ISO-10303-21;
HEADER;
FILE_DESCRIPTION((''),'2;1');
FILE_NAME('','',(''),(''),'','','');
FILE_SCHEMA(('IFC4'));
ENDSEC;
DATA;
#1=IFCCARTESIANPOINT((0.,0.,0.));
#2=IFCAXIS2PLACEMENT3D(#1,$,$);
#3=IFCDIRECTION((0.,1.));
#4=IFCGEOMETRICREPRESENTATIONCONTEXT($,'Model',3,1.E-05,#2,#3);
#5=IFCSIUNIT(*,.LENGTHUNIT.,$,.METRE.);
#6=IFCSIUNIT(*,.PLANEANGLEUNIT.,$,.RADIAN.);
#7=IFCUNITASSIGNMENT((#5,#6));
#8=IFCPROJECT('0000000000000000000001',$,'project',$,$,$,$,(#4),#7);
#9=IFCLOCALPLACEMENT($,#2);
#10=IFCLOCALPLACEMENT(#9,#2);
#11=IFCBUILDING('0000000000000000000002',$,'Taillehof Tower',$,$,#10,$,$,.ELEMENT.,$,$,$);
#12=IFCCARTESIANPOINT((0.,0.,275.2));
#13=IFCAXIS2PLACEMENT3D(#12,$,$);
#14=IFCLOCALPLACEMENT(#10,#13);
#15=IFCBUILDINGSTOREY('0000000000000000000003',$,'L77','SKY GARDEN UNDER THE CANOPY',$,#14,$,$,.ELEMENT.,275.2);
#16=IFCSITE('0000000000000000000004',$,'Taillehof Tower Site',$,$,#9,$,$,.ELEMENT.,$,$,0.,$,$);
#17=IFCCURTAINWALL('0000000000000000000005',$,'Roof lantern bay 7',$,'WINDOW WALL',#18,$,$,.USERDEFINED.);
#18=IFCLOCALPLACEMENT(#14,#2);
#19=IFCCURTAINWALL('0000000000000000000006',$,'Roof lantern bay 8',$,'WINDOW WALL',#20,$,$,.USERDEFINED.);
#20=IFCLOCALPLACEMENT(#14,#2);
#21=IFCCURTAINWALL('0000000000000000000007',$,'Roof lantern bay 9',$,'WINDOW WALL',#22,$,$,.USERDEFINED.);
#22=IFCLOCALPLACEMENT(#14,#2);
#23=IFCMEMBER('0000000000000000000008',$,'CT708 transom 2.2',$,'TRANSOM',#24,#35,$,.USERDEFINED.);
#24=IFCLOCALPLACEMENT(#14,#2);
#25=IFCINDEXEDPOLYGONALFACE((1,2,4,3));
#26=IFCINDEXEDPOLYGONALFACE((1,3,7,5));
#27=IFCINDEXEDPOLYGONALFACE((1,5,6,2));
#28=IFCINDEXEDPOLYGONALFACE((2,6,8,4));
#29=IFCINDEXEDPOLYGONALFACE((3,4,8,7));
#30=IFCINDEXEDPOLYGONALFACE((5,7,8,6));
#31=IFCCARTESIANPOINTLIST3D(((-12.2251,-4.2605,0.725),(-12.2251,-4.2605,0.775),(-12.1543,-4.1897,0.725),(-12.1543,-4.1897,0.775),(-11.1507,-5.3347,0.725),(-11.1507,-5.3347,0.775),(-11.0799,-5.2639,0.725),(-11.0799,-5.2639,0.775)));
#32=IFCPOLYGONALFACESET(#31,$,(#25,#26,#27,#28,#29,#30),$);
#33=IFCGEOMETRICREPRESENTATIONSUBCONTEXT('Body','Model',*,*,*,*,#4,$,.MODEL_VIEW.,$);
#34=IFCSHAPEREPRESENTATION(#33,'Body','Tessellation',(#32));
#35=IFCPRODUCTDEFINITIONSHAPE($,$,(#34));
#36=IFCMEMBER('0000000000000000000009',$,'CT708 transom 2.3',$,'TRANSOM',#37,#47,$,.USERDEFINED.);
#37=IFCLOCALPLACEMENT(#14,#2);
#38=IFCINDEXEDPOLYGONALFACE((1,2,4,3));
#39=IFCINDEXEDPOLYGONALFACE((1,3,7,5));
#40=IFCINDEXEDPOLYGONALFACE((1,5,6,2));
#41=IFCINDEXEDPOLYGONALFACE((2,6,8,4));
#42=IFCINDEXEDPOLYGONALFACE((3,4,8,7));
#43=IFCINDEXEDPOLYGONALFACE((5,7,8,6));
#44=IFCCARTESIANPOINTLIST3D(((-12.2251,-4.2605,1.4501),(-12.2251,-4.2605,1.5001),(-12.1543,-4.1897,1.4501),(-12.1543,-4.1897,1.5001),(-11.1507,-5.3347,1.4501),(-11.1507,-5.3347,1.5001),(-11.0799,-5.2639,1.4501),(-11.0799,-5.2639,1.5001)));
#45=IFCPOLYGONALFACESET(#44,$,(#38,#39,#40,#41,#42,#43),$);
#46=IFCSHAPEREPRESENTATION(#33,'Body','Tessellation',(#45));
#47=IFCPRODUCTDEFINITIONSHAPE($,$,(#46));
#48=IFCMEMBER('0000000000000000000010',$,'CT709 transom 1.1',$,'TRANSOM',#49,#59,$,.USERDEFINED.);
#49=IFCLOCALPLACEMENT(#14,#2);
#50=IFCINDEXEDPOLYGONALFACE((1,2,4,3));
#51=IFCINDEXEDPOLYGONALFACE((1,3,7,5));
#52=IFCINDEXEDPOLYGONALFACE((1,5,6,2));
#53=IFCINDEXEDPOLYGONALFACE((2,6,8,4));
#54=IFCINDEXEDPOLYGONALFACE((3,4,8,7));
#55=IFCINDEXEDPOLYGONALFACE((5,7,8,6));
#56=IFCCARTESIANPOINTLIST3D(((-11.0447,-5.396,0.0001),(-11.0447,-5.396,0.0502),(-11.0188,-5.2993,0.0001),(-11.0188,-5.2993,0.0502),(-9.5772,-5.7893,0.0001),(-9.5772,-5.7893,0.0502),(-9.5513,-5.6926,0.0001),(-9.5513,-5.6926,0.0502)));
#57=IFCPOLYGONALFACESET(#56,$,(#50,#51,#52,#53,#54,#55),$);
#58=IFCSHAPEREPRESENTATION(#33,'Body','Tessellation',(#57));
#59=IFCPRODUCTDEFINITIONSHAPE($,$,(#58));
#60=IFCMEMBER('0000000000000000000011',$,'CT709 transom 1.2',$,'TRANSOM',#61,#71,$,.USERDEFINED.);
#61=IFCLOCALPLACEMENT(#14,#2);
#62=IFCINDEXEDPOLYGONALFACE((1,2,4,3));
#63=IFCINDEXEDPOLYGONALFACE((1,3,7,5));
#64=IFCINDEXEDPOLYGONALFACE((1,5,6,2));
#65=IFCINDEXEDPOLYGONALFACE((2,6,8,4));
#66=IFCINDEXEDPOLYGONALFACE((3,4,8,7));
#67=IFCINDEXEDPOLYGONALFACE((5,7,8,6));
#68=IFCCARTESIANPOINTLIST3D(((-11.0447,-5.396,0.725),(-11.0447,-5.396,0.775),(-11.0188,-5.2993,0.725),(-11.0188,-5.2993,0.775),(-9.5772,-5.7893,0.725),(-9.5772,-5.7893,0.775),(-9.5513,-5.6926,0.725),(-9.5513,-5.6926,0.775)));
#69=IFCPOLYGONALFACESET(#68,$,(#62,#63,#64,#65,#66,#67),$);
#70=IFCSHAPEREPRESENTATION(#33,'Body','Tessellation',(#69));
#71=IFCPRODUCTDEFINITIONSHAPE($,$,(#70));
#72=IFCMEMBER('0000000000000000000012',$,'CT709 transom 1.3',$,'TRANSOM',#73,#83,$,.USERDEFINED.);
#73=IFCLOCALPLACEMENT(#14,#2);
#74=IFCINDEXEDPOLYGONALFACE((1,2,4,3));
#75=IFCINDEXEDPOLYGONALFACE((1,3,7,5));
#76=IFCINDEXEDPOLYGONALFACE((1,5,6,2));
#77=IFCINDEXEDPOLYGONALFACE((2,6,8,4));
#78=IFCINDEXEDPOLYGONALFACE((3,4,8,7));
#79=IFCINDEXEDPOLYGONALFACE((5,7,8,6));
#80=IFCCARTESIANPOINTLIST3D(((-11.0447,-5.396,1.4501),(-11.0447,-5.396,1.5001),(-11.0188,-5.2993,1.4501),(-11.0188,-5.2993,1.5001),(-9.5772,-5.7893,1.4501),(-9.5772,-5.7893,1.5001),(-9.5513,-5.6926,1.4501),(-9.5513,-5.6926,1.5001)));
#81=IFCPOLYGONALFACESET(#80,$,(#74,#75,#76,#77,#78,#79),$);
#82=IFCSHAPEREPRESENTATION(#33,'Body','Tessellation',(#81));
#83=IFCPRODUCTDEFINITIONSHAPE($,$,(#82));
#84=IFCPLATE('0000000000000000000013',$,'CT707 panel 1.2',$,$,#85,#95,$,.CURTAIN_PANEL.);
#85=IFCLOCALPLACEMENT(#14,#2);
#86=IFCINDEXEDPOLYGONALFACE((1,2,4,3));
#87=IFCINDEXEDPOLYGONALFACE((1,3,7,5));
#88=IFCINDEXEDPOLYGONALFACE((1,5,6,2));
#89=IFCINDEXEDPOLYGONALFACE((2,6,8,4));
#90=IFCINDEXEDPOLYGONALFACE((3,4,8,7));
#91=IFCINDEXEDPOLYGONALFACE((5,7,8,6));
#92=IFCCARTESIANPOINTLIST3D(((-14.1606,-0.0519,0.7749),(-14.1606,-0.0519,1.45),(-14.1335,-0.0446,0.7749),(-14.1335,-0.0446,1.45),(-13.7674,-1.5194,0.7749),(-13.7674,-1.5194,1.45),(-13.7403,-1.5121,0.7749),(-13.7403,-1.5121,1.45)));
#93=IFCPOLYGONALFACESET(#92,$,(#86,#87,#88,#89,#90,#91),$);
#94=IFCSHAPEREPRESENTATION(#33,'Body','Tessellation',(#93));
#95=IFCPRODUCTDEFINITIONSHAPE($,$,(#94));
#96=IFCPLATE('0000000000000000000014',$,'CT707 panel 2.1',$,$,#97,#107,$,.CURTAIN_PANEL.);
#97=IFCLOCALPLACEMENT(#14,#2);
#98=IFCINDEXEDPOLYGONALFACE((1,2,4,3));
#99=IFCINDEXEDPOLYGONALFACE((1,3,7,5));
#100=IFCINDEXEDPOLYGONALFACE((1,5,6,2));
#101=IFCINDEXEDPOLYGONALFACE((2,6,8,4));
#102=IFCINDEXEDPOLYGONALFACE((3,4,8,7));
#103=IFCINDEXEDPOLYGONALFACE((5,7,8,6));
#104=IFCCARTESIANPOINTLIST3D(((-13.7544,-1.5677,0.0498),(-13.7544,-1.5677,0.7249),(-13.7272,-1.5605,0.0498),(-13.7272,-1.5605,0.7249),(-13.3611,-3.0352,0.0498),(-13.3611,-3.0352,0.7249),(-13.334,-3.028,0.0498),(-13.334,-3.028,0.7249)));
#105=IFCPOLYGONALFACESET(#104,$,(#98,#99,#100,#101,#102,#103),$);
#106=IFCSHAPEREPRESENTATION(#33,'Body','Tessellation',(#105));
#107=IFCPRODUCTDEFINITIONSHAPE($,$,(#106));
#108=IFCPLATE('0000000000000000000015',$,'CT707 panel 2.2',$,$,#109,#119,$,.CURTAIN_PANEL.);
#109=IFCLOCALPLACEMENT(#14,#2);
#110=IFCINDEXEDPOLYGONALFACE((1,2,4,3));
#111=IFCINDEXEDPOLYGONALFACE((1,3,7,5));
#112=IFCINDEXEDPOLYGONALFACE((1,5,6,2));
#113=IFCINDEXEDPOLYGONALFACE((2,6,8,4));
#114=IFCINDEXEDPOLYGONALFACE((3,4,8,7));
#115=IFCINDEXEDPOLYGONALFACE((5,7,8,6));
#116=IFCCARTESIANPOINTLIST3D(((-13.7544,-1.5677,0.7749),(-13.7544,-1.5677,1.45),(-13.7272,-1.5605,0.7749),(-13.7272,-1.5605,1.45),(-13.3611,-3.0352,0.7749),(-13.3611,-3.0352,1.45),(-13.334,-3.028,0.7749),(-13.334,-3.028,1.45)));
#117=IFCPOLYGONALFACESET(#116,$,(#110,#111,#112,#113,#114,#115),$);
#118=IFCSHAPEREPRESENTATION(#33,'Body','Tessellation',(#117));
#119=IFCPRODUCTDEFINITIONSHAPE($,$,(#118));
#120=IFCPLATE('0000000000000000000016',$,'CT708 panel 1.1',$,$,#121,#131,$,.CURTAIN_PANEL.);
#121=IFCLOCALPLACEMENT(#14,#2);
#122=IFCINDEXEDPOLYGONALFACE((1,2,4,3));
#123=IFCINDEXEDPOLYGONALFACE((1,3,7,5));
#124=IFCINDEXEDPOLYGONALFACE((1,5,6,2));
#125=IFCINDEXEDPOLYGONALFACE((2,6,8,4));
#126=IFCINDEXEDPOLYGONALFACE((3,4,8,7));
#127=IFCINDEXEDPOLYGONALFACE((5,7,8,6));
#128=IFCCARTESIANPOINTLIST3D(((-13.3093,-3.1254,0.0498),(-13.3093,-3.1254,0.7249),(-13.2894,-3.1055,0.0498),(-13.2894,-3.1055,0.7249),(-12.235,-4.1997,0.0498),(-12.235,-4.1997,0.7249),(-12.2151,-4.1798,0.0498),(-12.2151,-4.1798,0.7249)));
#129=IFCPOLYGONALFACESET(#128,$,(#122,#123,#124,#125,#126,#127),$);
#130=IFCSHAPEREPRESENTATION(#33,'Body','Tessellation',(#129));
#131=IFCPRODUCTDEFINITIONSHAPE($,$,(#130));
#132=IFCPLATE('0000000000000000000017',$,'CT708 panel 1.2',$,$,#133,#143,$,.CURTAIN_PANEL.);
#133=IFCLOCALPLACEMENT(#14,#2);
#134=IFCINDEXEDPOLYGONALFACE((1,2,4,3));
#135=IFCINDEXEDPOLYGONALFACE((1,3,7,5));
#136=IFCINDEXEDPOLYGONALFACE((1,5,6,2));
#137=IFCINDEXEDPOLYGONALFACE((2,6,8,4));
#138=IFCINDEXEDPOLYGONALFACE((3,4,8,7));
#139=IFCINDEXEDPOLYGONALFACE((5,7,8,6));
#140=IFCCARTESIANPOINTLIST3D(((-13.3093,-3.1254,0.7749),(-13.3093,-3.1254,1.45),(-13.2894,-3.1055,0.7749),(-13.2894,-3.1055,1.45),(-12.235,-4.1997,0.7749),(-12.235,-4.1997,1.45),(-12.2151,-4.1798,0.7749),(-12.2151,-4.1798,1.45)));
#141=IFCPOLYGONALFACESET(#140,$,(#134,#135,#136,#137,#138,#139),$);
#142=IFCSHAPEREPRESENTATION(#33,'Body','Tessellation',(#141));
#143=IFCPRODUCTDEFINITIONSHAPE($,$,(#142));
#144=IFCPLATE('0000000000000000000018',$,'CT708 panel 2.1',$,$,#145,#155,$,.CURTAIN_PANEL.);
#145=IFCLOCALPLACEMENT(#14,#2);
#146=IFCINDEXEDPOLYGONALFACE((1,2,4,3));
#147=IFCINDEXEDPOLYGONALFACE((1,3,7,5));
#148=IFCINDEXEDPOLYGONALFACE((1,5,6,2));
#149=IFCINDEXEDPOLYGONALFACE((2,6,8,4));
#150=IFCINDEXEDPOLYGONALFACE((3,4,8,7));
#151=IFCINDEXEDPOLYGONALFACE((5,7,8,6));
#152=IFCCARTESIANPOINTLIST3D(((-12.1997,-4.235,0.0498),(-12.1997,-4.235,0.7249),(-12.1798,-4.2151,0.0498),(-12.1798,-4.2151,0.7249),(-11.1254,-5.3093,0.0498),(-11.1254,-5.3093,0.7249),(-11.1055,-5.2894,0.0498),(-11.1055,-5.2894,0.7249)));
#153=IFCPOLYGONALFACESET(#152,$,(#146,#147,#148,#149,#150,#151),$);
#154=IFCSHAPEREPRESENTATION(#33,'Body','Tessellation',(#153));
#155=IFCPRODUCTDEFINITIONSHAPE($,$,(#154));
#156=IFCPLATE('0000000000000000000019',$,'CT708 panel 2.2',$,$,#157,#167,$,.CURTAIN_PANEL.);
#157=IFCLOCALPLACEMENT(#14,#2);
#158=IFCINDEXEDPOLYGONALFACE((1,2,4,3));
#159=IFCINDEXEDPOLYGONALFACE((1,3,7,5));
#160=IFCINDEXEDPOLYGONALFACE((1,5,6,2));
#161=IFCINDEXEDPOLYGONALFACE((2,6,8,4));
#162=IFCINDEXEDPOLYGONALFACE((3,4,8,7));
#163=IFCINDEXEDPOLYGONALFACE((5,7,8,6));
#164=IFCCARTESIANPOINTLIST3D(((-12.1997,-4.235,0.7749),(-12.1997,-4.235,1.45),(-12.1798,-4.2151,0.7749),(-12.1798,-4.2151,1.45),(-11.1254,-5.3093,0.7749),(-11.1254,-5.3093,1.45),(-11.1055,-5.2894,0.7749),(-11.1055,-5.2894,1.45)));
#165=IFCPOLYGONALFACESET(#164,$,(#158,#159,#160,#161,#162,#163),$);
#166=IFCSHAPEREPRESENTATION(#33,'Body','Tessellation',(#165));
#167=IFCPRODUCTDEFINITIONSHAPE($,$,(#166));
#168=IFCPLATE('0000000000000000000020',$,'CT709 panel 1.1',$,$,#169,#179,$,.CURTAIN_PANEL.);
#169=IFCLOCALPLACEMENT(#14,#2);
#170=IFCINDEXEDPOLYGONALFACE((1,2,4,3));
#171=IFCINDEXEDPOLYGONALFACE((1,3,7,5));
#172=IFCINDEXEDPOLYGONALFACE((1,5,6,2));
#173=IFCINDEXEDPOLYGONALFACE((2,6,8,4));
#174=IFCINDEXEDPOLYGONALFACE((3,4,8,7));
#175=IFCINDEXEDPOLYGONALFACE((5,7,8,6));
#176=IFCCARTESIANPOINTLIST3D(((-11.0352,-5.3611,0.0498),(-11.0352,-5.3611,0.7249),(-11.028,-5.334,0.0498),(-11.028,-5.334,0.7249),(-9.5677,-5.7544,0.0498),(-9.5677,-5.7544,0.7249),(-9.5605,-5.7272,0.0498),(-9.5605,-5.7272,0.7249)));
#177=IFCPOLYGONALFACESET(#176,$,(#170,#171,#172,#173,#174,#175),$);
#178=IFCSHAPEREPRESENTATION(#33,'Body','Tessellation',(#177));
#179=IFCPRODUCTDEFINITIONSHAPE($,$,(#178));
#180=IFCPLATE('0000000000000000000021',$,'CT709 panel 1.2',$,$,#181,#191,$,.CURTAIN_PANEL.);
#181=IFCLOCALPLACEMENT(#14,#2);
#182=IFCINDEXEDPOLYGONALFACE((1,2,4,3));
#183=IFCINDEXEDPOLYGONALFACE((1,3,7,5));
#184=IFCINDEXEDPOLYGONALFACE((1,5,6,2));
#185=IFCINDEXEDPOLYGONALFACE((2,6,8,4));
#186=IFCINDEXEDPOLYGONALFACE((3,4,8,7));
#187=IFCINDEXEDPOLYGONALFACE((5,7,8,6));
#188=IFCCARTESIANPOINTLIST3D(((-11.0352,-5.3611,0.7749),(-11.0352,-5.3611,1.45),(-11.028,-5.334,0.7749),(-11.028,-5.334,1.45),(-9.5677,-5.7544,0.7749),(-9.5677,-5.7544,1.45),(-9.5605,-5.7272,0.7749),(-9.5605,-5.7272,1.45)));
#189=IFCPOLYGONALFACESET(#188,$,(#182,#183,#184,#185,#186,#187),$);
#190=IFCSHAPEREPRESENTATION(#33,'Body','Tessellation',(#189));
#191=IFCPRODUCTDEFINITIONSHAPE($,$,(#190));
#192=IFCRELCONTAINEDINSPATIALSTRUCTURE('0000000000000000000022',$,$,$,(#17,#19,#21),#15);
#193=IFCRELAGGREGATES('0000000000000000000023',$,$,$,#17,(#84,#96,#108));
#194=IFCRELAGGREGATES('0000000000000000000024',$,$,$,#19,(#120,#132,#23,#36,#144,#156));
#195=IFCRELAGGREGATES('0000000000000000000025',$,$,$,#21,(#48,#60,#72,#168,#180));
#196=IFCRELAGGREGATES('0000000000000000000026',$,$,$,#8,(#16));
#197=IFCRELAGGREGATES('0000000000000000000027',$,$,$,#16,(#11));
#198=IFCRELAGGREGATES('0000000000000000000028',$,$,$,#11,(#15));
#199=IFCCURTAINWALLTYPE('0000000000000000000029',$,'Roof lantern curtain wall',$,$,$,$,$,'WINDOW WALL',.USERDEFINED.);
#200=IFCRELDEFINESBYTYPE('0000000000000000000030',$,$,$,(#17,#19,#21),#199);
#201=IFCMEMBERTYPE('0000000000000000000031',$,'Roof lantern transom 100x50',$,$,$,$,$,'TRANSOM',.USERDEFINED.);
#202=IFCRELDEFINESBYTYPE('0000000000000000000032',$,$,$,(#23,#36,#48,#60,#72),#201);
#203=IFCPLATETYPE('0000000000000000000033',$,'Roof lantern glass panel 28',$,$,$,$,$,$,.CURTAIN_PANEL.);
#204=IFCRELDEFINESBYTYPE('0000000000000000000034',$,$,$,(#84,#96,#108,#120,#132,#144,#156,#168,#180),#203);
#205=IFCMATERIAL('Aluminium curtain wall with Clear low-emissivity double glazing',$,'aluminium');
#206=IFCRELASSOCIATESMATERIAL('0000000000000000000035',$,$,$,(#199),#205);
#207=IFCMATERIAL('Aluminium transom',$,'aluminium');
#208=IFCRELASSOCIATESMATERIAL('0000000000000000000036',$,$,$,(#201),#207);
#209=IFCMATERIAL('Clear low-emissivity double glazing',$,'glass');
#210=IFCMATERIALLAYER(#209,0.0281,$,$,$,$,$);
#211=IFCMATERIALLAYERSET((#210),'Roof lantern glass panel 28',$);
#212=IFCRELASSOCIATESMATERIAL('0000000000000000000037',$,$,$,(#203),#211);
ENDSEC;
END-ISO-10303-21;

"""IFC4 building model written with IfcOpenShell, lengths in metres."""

from ifc_helpers import new_model, si_unit, direction, frame, origin, origin_2d, place, context, subcontext, project, spatial, rectangle, extrude, material, layer, layer_set, material_profile, profile_set, type_object, element, aggregate, save


model = new_model("IFC4")

# Units and contexts
model_context = context("Model", 3, precision=1e-05, world=origin(), true_north=direction((0.0, 1.0)))
body_context = subcontext(model_context, "Body", "Model", "MODEL_VIEW")
ifc_project = project(units=[si_unit("LENGTHUNIT", "METRE"), si_unit("PLANEANGLEUNIT", "RADIAN")], contexts=[model_context])

# Site, building, storey
site_placement = place(None, origin())
site = spatial("IfcSite", under=ifc_project, at=site_placement, Name="Taillehof Tower Site", CompositionType="ELEMENT", RefElevation=0.0)
building_placement = place(site_placement, origin())
building = spatial("IfcBuilding", under=site, at=building_placement, Name="Taillehof Tower", CompositionType="ELEMENT")
storey_placement = place(building_placement, frame((0.0, 0.0, 275.2)))
storey = spatial("IfcBuildingStorey", under=building, at=storey_placement, Name="L77", Description="SKY GARDEN UNDER THE CANOPY", CompositionType="ELEMENT", Elevation=275.2)

# Curtain walls
ifc_material_1 = material(Name="Aluminium curtain wall with Clear low-emissivity double glazing", Category="aluminium")
curtain_wall_type = type_object("IfcCurtainWallType", Name="Roof lantern curtain wall", ElementType="WINDOW WALL", PredefinedType="USERDEFINED", material=ifc_material_1)
curtain_wall_1_placement = place(storey_placement, origin())
curtain_wall_1 = element("IfcCurtainWall", 1, at=curtain_wall_1_placement, inside=storey, type_object=curtain_wall_type, Name="Roof lantern bay 7", ObjectType="WINDOW WALL", PredefinedType="USERDEFINED")
curtain_wall_2_placement = place(storey_placement, origin())
curtain_wall_2 = element("IfcCurtainWall", 2, at=curtain_wall_2_placement, inside=storey, type_object=curtain_wall_type, Name="Roof lantern bay 8", ObjectType="WINDOW WALL", PredefinedType="USERDEFINED")
curtain_wall_3_placement = place(storey_placement, origin())
curtain_wall_3 = element("IfcCurtainWall", 3, at=curtain_wall_3_placement, inside=storey, type_object=curtain_wall_type, Name="Roof lantern bay 9", ObjectType="WINDOW WALL", PredefinedType="USERDEFINED")

# Members
ifc_material_2 = material(Name="Aluminium transom", Category="aluminium")
ifc_material_profile_1 = material_profile(ifc_material_2, rectangle(XDim=0.1001, YDim=0.05, at=origin_2d()), Name="AL 100x50")
ifc_profile_set_1 = profile_set([ifc_material_profile_1], Name="Aluminium transom")
member_type_1 = type_object("IfcMemberType", Name="Roof lantern transom 100x50", ElementType="TRANSOM", PredefinedType="USERDEFINED", material=ifc_profile_set_1)
member_1_placement = place(storey_placement, frame((-12.1897, -4.2251, 0.75), z_axis=(0.707187, -0.707026, 0.0), x_axis=(0.707026, 0.707187, 0.0)))
member_1 = element("IfcMember", 4, at=member_1_placement, type_object=member_type_1, Name="CT708 transom 2.2", ObjectType="TRANSOM", PredefinedType="USERDEFINED", context=body_context, shape_type="SweptSolid", body=[
    extrude(rectangle(XDim=0.1001, YDim=0.05, at=origin_2d()), origin(), (0.0, 0.0, 1.0), 1.5193),
])
member_2_placement = place(storey_placement, frame((-12.1897, -4.2251, 1.4751), z_axis=(0.707187, -0.707026, 0.0), x_axis=(0.707026, 0.707187, 0.0)))
member_2 = element("IfcMember", 5, at=member_2_placement, type_object=member_type_1, Name="CT708 transom 2.3", ObjectType="TRANSOM", PredefinedType="USERDEFINED", context=body_context, shape_type="SweptSolid", body=[
    extrude(rectangle(XDim=0.1001, YDim=0.05, at=origin_2d()), origin(), (0.0, 0.0, 1.0), 1.5193),
])
member_3_placement = place(storey_placement, frame((-11.0317, -5.3477, 0.0251), z_axis=(0.965911, -0.258873, 0.0), x_axis=(0.258873, 0.965911, 0.0)))
member_3 = element("IfcMember", 6, at=member_3_placement, type_object=member_type_1, Name="CT709 transom 1.1", ObjectType="TRANSOM", PredefinedType="USERDEFINED", context=body_context, shape_type="SweptSolid", body=[
    extrude(rectangle(XDim=0.1001, YDim=0.05, at=origin_2d()), origin(), (0.0, 0.0, 1.0), 1.5193),
])
member_4_placement = place(storey_placement, frame((-11.0317, -5.3477, 0.75), z_axis=(0.965911, -0.258873, 0.0), x_axis=(0.258873, 0.965911, 0.0)))
member_4 = element("IfcMember", 7, at=member_4_placement, type_object=member_type_1, Name="CT709 transom 1.2", ObjectType="TRANSOM", PredefinedType="USERDEFINED", context=body_context, shape_type="SweptSolid", body=[
    extrude(rectangle(XDim=0.1001, YDim=0.05, at=origin_2d()), origin(), (0.0, 0.0, 1.0), 1.5193),
])
member_5_placement = place(storey_placement, frame((-11.0317, -5.3477, 1.4751), z_axis=(0.965911, -0.258873, 0.0), x_axis=(0.258873, 0.965911, 0.0)))
member_5 = element("IfcMember", 8, at=member_5_placement, type_object=member_type_1, Name="CT709 transom 1.3", ObjectType="TRANSOM", PredefinedType="USERDEFINED", context=body_context, shape_type="SweptSolid", body=[
    extrude(rectangle(XDim=0.1001, YDim=0.05, at=origin_2d()), origin(), (0.0, 0.0, 1.0), 1.5193),
])

# Plates
ifc_material_3 = material(Name="Clear low-emissivity double glazing", Category="glass")
ifc_layer = layer(ifc_material_3, 0.0281)
ifc_layer_set = layer_set([ifc_layer], Name="Roof lantern glass panel 28")
plate_type = type_object("IfcPlateType", Name="Roof lantern glass panel 28", PredefinedType="CURTAIN_PANEL", material=ifc_layer_set)
plate_1_placement = place(storey_placement, frame((-13.9504, -0.782, 0.7749), z_axis=(0.0, 0.0, 1.0), x_axis=(0.258819, -0.965926, 0.0)))
plate_1 = element("IfcPlate", 9, at=plate_1_placement, type_object=plate_type, Name="CT707 panel 1.2", PredefinedType="CURTAIN_PANEL", context=body_context, shape_type="SweptSolid", body=[
    extrude(rectangle(XDim=1.5193, YDim=0.0281, at=origin_2d()), origin(), (0.0, 0.0, 1.0), 0.675),
])
plate_2_placement = place(storey_placement, frame((-13.5442, -2.2979, 0.0498), z_axis=(0.0, 0.0, 1.0), x_axis=(0.258819, -0.965926, 0.0)))
plate_2 = element("IfcPlate", 10, at=plate_2_placement, type_object=plate_type, Name="CT707 panel 2.1", PredefinedType="CURTAIN_PANEL", context=body_context, shape_type="SweptSolid", body=[
    extrude(rectangle(XDim=1.5193, YDim=0.0281, at=origin_2d()), origin(), (0.0, 0.0, 1.0), 0.675),
])
plate_3_placement = place(storey_placement, frame((-13.5442, -2.2979, 0.7749), z_axis=(0.0, 0.0, 1.0), x_axis=(0.258819, -0.965926, 0.0)))
plate_3 = element("IfcPlate", 11, at=plate_3_placement, type_object=plate_type, Name="CT707 panel 2.2", PredefinedType="CURTAIN_PANEL", context=body_context, shape_type="SweptSolid", body=[
    extrude(rectangle(XDim=1.5193, YDim=0.0281, at=origin_2d()), origin(), (0.0, 0.0, 1.0), 0.675),
])
aggregate(curtain_wall_1, [plate_1, plate_2, plate_3])
plate_4_placement = place(storey_placement, frame((-12.7622, -3.6526, 0.0498), z_axis=(0.0, 0.0, 1.0), x_axis=(0.707107, -0.707107, 0.0)))
plate_4 = element("IfcPlate", 12, at=plate_4_placement, type_object=plate_type, Name="CT708 panel 1.1", PredefinedType="CURTAIN_PANEL", context=body_context, shape_type="SweptSolid", body=[
    extrude(rectangle(XDim=1.5193, YDim=0.0281, at=origin_2d()), origin(), (0.0, 0.0, 1.0), 0.675),
])
plate_5_placement = place(storey_placement, frame((-12.7622, -3.6526, 0.7749), z_axis=(0.0, 0.0, 1.0), x_axis=(0.707107, -0.707107, 0.0)))
plate_5 = element("IfcPlate", 13, at=plate_5_placement, type_object=plate_type, Name="CT708 panel 1.2", PredefinedType="CURTAIN_PANEL", context=body_context, shape_type="SweptSolid", body=[
    extrude(rectangle(XDim=1.5193, YDim=0.0281, at=origin_2d()), origin(), (0.0, 0.0, 1.0), 0.675),
])
plate_6_placement = place(storey_placement, frame((-11.6526, -4.7622, 0.0498), z_axis=(0.0, 0.0, 1.0), x_axis=(0.707107, -0.707107, 0.0)))
plate_6 = element("IfcPlate", 14, at=plate_6_placement, type_object=plate_type, Name="CT708 panel 2.1", PredefinedType="CURTAIN_PANEL", context=body_context, shape_type="SweptSolid", body=[
    extrude(rectangle(XDim=1.5193, YDim=0.0281, at=origin_2d()), origin(), (0.0, 0.0, 1.0), 0.675),
])
plate_7_placement = place(storey_placement, frame((-11.6526, -4.7622, 0.7749), z_axis=(0.0, 0.0, 1.0), x_axis=(0.707107, -0.707107, 0.0)))
plate_7 = element("IfcPlate", 15, at=plate_7_placement, type_object=plate_type, Name="CT708 panel 2.2", PredefinedType="CURTAIN_PANEL", context=body_context, shape_type="SweptSolid", body=[
    extrude(rectangle(XDim=1.5193, YDim=0.0281, at=origin_2d()), origin(), (0.0, 0.0, 1.0), 0.675),
])
aggregate(curtain_wall_2, [plate_4, plate_5, member_1, member_2, plate_6, plate_7])
plate_8_placement = place(storey_placement, frame((-10.2979, -5.5442, 0.0498), z_axis=(0.0, 0.0, 1.0), x_axis=(0.965926, -0.258819, 0.0)))
plate_8 = element("IfcPlate", 16, at=plate_8_placement, type_object=plate_type, Name="CT709 panel 1.1", PredefinedType="CURTAIN_PANEL", context=body_context, shape_type="SweptSolid", body=[
    extrude(rectangle(XDim=1.5193, YDim=0.0281, at=origin_2d()), origin(), (0.0, 0.0, 1.0), 0.675),
])
plate_9_placement = place(storey_placement, frame((-10.2979, -5.5442, 0.7749), z_axis=(0.0, 0.0, 1.0), x_axis=(0.965926, -0.258819, 0.0)))
plate_9 = element("IfcPlate", 17, at=plate_9_placement, type_object=plate_type, Name="CT709 panel 1.2", PredefinedType="CURTAIN_PANEL", context=body_context, shape_type="SweptSolid", body=[
    extrude(rectangle(XDim=1.5193, YDim=0.0281, at=origin_2d()), origin(), (0.0, 0.0, 1.0), 0.675),
])
aggregate(curtain_wall_3, [member_3, member_4, member_5, plate_8, plate_9])

save(model, "model.ifc")
